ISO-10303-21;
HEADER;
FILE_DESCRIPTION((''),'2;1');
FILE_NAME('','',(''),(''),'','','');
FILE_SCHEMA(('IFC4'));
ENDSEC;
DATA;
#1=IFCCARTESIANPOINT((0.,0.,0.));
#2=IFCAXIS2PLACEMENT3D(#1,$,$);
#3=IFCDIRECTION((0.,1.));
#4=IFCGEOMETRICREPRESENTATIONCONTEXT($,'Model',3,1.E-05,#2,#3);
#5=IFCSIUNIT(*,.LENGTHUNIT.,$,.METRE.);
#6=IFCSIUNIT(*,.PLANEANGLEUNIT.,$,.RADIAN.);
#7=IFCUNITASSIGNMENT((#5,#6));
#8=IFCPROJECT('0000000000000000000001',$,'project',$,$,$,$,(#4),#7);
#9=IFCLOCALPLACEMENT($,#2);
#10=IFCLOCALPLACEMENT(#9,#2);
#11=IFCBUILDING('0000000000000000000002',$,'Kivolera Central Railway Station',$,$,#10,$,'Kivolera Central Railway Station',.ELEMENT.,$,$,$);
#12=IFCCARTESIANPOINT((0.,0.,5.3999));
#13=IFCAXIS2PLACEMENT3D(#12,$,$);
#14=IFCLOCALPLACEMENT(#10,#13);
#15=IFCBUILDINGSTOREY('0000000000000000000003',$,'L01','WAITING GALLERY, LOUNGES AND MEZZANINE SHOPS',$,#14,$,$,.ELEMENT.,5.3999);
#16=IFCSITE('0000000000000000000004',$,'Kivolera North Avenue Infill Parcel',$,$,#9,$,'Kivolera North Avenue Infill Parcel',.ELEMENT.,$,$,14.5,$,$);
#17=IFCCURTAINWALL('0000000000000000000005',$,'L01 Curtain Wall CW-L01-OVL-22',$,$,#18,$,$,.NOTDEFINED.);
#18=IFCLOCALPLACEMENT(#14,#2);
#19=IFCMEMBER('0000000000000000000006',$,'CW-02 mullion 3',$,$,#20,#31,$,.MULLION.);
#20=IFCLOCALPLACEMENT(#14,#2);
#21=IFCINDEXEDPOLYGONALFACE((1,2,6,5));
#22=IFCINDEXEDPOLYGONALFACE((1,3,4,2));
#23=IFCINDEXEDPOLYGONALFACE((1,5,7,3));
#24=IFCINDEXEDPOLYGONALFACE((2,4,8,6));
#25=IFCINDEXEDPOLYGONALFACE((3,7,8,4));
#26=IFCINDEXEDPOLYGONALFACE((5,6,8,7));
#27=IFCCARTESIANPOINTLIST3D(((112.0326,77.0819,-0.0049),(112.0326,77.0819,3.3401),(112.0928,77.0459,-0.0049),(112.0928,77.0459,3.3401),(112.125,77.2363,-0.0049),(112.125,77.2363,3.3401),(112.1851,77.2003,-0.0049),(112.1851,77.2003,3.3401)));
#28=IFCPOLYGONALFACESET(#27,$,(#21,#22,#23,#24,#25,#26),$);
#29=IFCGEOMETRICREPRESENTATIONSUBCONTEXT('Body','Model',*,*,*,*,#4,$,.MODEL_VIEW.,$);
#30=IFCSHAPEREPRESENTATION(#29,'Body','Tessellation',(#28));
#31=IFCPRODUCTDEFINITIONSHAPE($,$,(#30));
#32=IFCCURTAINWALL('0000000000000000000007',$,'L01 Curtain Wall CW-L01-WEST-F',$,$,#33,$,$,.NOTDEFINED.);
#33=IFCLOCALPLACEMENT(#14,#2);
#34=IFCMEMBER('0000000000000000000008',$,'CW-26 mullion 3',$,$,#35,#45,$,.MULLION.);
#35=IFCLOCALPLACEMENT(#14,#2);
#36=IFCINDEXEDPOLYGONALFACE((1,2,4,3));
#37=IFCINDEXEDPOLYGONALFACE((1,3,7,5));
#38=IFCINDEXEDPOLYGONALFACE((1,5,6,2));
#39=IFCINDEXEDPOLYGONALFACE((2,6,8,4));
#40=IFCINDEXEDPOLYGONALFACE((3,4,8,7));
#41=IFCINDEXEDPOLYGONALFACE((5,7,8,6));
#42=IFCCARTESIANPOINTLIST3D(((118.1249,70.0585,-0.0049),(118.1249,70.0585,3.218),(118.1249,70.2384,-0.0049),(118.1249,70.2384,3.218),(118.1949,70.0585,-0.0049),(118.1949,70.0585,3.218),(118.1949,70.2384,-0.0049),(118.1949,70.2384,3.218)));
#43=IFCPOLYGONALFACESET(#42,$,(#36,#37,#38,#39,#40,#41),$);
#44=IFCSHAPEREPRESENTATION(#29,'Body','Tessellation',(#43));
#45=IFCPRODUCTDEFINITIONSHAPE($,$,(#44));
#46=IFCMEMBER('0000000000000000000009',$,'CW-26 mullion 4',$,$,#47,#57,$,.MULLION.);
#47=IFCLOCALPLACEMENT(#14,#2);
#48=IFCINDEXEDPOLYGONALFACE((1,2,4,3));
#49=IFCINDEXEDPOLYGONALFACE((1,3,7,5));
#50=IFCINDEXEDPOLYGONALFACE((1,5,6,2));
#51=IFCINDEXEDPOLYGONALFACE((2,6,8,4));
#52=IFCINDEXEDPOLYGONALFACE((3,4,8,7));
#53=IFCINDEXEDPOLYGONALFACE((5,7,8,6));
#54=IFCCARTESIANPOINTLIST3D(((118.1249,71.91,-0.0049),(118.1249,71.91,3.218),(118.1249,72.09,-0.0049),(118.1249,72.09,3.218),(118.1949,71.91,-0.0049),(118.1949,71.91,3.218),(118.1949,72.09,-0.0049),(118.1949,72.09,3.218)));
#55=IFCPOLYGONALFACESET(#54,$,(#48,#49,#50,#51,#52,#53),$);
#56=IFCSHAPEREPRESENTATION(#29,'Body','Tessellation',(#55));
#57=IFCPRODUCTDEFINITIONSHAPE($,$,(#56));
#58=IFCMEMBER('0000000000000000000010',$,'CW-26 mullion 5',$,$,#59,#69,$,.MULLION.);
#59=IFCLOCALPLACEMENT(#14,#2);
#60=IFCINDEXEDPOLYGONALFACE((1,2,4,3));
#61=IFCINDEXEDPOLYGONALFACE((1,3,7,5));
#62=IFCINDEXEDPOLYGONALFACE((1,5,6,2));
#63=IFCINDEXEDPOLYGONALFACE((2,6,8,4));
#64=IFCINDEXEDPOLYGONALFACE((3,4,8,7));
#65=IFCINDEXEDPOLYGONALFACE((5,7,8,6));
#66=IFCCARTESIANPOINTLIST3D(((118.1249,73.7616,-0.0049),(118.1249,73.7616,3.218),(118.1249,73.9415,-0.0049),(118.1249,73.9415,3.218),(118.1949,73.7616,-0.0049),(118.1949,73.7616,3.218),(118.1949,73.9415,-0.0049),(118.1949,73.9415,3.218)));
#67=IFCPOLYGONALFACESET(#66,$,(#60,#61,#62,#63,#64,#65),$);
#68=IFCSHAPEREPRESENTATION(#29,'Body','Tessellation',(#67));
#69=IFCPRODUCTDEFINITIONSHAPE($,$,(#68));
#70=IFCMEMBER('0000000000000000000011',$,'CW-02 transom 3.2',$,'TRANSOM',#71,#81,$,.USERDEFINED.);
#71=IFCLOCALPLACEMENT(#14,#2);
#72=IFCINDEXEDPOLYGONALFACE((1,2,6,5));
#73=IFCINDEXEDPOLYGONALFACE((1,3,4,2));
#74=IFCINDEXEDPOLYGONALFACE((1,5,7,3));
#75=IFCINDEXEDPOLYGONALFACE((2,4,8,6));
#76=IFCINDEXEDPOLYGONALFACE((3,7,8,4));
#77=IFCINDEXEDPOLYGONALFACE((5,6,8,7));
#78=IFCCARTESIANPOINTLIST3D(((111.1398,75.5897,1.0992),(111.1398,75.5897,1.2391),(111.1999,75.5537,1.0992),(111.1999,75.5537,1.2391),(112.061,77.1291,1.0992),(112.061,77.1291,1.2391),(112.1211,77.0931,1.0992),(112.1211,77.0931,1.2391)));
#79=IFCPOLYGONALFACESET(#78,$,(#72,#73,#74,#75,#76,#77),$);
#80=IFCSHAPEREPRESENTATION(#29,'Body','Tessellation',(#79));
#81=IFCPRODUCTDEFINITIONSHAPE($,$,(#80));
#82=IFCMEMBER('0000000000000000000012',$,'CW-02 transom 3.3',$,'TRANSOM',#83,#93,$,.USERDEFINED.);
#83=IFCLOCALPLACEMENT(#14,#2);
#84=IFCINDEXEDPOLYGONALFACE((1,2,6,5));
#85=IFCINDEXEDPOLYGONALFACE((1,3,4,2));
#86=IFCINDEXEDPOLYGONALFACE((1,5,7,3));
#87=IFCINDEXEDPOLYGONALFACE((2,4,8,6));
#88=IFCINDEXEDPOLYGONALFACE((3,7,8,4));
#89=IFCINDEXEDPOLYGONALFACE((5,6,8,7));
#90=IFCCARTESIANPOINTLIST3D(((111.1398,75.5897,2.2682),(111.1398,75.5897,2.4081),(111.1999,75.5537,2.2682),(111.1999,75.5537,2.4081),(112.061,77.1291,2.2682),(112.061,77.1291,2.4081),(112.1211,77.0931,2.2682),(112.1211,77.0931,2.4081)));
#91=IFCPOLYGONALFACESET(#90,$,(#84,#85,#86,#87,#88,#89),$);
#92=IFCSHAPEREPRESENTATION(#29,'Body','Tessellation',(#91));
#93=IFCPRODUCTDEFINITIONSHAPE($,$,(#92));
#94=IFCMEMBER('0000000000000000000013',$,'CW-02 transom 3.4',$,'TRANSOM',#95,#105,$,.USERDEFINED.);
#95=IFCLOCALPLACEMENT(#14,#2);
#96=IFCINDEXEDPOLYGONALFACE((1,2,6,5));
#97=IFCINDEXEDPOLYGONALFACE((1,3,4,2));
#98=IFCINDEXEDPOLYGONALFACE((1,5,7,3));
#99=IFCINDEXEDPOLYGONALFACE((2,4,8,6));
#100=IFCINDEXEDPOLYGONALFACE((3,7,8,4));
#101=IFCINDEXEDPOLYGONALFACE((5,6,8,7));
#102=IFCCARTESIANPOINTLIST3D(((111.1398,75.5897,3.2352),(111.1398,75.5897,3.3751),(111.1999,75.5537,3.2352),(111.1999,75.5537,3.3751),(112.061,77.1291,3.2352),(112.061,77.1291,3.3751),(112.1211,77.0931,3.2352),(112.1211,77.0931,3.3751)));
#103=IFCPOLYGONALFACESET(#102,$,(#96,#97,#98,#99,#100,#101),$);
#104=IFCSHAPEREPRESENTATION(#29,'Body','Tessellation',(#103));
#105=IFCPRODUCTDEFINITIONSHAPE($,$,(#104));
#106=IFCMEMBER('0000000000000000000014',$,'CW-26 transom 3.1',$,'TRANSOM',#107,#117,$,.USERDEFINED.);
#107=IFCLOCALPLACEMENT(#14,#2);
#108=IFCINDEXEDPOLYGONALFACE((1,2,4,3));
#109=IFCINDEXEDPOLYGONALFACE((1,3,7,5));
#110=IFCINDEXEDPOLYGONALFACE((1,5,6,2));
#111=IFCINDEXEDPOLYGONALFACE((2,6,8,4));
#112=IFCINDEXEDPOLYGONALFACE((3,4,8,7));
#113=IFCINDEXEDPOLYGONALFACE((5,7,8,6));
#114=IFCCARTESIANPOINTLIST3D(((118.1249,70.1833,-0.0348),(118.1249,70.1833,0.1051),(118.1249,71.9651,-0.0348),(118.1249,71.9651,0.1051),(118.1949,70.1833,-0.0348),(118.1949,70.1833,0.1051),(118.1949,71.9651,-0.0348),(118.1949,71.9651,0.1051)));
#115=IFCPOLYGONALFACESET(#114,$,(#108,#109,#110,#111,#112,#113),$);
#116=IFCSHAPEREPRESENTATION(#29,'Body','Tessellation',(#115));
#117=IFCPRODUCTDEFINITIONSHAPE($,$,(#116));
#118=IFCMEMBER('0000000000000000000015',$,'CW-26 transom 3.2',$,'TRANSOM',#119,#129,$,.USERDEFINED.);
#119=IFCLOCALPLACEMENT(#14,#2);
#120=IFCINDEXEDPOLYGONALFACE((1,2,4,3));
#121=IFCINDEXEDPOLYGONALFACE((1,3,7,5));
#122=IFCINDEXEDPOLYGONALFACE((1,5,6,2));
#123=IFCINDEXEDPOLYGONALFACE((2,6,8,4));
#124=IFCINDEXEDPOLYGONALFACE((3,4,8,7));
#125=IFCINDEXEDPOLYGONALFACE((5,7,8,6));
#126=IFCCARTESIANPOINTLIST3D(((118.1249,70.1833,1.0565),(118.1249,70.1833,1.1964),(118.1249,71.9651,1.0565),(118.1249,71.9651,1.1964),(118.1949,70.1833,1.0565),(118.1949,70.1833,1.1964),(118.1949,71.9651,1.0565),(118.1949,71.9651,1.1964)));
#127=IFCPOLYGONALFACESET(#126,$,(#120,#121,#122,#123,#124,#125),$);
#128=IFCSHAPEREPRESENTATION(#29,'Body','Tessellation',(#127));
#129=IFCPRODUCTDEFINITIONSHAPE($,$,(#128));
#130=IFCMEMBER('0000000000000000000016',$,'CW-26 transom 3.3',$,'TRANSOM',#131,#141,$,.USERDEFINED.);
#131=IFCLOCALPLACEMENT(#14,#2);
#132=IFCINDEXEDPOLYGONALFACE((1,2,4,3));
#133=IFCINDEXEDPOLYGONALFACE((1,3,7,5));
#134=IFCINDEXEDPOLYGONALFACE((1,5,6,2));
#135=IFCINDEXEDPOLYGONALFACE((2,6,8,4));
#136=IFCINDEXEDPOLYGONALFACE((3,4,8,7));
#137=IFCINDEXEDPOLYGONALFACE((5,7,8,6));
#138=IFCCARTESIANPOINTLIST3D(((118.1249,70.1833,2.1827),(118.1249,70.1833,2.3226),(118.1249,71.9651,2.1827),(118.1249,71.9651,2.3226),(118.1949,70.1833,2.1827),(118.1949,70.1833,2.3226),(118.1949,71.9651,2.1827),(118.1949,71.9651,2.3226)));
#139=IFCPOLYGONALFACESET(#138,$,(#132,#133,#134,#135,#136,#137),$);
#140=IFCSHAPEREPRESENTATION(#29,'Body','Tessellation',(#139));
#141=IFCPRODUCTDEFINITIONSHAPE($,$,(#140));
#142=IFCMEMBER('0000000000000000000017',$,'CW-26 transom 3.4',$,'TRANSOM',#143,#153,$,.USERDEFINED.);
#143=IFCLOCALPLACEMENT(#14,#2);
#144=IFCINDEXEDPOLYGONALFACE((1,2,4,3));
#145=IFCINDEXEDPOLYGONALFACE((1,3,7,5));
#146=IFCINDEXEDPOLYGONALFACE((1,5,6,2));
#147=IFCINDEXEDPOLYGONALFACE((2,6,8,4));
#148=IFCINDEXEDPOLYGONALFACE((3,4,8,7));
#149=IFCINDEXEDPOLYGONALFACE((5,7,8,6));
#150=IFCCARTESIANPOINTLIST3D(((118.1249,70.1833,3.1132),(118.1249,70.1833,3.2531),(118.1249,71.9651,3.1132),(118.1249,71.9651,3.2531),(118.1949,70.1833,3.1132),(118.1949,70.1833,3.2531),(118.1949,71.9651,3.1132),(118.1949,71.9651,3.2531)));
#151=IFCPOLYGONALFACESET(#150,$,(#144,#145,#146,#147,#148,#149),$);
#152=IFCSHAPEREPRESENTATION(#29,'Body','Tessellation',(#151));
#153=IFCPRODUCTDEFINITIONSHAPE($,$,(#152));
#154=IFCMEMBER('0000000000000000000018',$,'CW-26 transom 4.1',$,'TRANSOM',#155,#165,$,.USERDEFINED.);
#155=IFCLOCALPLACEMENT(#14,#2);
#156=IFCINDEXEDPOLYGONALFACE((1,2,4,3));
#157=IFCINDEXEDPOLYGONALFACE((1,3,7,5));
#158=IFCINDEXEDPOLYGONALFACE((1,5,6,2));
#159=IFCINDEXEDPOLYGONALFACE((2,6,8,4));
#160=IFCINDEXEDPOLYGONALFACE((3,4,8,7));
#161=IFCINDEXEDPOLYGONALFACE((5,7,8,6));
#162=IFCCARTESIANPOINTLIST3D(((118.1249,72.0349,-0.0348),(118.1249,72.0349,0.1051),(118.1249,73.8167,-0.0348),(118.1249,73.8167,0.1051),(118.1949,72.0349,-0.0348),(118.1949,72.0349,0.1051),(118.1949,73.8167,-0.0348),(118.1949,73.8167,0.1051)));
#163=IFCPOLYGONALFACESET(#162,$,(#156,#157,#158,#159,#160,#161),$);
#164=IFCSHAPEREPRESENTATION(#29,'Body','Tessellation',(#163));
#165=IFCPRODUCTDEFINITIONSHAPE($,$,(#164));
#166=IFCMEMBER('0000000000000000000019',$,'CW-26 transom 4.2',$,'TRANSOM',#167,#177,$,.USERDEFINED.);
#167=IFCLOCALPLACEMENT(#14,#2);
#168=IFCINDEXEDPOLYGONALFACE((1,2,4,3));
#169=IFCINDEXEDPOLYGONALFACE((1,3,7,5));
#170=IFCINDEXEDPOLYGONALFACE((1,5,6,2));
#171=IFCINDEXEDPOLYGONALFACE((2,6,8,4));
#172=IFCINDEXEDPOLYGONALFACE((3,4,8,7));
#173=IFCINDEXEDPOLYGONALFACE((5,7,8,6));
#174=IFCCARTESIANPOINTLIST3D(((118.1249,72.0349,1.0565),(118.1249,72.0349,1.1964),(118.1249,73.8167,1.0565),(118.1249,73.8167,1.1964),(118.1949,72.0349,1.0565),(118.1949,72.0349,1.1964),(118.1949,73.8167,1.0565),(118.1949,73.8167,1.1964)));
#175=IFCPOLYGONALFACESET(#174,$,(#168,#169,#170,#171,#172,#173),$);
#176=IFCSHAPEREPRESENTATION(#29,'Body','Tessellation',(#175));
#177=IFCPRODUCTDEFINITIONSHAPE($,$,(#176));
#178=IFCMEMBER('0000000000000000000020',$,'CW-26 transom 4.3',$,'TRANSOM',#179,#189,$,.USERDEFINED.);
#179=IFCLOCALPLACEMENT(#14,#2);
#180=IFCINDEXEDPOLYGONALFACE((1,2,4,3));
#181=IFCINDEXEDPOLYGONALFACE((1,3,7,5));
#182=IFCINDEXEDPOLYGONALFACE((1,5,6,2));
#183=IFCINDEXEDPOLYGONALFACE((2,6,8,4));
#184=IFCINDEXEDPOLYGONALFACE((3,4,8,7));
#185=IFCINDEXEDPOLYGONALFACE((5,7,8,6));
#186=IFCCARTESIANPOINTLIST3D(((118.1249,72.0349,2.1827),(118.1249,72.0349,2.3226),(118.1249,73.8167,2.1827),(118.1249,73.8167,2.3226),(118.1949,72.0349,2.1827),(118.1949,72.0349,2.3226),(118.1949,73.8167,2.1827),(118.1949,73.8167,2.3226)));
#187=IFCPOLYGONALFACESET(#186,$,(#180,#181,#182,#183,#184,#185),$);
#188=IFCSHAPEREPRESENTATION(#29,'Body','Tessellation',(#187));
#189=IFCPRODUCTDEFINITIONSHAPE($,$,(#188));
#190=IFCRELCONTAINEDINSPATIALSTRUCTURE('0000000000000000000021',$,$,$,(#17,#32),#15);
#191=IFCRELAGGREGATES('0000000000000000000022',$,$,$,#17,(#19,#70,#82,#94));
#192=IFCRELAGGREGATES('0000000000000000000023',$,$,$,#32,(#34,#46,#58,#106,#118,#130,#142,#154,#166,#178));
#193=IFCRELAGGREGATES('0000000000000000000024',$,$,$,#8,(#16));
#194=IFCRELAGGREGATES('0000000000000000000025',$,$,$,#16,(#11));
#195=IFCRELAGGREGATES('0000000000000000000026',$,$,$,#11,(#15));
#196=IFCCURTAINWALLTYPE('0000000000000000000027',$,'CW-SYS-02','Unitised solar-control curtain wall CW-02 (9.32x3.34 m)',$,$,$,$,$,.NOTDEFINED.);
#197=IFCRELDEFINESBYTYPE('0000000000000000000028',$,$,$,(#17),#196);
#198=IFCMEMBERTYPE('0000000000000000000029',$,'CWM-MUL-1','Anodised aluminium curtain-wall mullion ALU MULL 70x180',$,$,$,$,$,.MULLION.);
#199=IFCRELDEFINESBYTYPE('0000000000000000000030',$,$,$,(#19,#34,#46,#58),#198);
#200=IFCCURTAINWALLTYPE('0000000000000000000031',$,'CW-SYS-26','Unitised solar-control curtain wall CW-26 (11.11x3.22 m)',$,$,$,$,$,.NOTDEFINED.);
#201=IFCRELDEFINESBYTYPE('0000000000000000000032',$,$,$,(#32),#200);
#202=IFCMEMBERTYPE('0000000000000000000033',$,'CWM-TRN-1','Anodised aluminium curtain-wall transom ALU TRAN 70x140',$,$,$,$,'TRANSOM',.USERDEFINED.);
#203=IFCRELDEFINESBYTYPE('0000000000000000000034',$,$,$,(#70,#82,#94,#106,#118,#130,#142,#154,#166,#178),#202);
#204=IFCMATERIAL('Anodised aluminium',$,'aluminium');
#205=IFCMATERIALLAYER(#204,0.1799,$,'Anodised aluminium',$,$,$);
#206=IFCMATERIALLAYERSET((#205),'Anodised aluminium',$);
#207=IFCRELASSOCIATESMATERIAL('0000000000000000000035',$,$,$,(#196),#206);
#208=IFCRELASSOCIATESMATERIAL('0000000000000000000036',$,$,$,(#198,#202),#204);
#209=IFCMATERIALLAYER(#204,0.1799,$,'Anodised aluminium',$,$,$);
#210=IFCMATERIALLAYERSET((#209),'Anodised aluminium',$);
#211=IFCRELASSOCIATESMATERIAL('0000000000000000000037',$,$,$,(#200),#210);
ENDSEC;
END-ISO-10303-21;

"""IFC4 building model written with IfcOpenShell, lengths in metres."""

from ifc_helpers import new_model, si_unit, direction, frame, origin, origin_2d, place, context, subcontext, project, spatial, rectangle, extrude, material, layer, layer_set, material_profile, profile_set, type_object, element, aggregate, save


model = new_model("IFC4")

# Units and contexts
model_context = context("Model", 3, precision=1e-05, world=origin(), true_north=direction((0.0, 1.0)))
body_context = subcontext(model_context, "Body", "Model", "MODEL_VIEW")
ifc_project = project(units=[si_unit("LENGTHUNIT", "METRE"), si_unit("PLANEANGLEUNIT", "RADIAN")], contexts=[model_context])

# Site, building, storey
site_placement = place(None, origin())
site = spatial("IfcSite", under=ifc_project, at=site_placement, Name="Kivolera North Avenue Infill Parcel", LongName="Kivolera North Avenue Infill Parcel", CompositionType="ELEMENT", RefElevation=14.5)
building_placement = place(site_placement, origin())
building = spatial("IfcBuilding", under=site, at=building_placement, Name="Kivolera Central Railway Station", LongName="Kivolera Central Railway Station", CompositionType="ELEMENT")
storey_placement = place(building_placement, frame((0.0, 0.0, 5.3999)))
storey = spatial("IfcBuildingStorey", under=building, at=storey_placement, Name="L01", Description="WAITING GALLERY, LOUNGES AND MEZZANINE SHOPS", CompositionType="ELEMENT", Elevation=5.3999)

# Curtain wall, member
ifc_material_1 = material(Name="Anodised aluminium", Category="aluminium")
ifc_layer_1 = layer(ifc_material_1, 0.1799, Name="Anodised aluminium")
ifc_layer_set_1 = layer_set([ifc_layer_1], Name="Anodised aluminium")
curtain_wall_type_1 = type_object("IfcCurtainWallType", Name="CW-SYS-02", Description="Unitised solar-control curtain wall CW-02 (9.32x3.34 m)", PredefinedType="NOTDEFINED", material=ifc_layer_set_1)
curtain_wall_1_placement = place(storey_placement, origin())
curtain_wall_1 = element("IfcCurtainWall", 1, at=curtain_wall_1_placement, inside=storey, type_object=curtain_wall_type_1, Name="L01 Curtain Wall CW-L01-OVL-22", PredefinedType="NOTDEFINED")
ifc_material_profile_1 = material_profile(ifc_material_1, rectangle(XDim=0.0701, YDim=0.1799, at=origin_2d()), Name="ALU MULL 70x180")
ifc_profile_set_1 = profile_set([ifc_material_profile_1], Name="Anodised aluminium")
member_type_1 = type_object("IfcMemberType", Name="CWM-MUL-1", Description="Anodised aluminium curtain-wall mullion ALU MULL 70x180", PredefinedType="MULLION", material=ifc_profile_set_1)
member_1_placement = place(storey_placement, frame((112.1089, 77.1411, -0.0049), z_axis=(0.0, 0.0, 1.0), x_axis=(0.858117, -0.513454, 0.0)))
member_1 = element("IfcMember", 2, at=member_1_placement, type_object=member_type_1, Name="CW-02 mullion 3", PredefinedType="MULLION", context=body_context, shape_type="SweptSolid", body=[
    extrude(rectangle(XDim=0.0701, YDim=0.1799, at=origin_2d()), origin(), (0.0, 0.0, 1.0), 3.345),
])

# Curtain wall, members
ifc_layer_2 = layer(ifc_material_1, 0.1799, Name="Anodised aluminium")
ifc_layer_set_2 = layer_set([ifc_layer_2], Name="Anodised aluminium")
curtain_wall_type_2 = type_object("IfcCurtainWallType", Name="CW-SYS-26", Description="Unitised solar-control curtain wall CW-26 (11.11x3.22 m)", PredefinedType="NOTDEFINED", material=ifc_layer_set_2)
curtain_wall_2_placement = place(storey_placement, origin())
curtain_wall_2 = element("IfcCurtainWall", 3, at=curtain_wall_2_placement, inside=storey, type_object=curtain_wall_type_2, Name="L01 Curtain Wall CW-L01-WEST-F", PredefinedType="NOTDEFINED")
member_2_placement = place(storey_placement, frame((118.1599, 70.1484, -0.0049), z_axis=(0.0, 0.0, 1.0), x_axis=(-1.0, 0.0, 0.0)))
member_2 = element("IfcMember", 4, at=member_2_placement, type_object=member_type_1, Name="CW-26 mullion 3", PredefinedType="MULLION", context=body_context, shape_type="SweptSolid", body=[
    extrude(rectangle(XDim=0.0701, YDim=0.1799, at=origin_2d()), origin(), (0.0, 0.0, 1.0), 3.2229),
])
member_3_placement = place(storey_placement, frame((118.1599, 72.0, -0.0049), z_axis=(0.0, 0.0, 1.0), x_axis=(-1.0, 0.0, 0.0)))
member_3 = element("IfcMember", 5, at=member_3_placement, type_object=member_type_1, Name="CW-26 mullion 4", PredefinedType="MULLION", context=body_context, shape_type="SweptSolid", body=[
    extrude(rectangle(XDim=0.0701, YDim=0.1799, at=origin_2d()), origin(), (0.0, 0.0, 1.0), 3.2229),
])
member_4_placement = place(storey_placement, frame((118.1599, 73.8516, -0.0049), z_axis=(0.0, 0.0, 1.0), x_axis=(-1.0, 0.0, 0.0)))
member_4 = element("IfcMember", 6, at=member_4_placement, type_object=member_type_1, Name="CW-26 mullion 5", PredefinedType="MULLION", context=body_context, shape_type="SweptSolid", body=[
    extrude(rectangle(XDim=0.0701, YDim=0.1799, at=origin_2d()), origin(), (0.0, 0.0, 1.0), 3.2229),
])

# Members
ifc_material_profile_2 = material_profile(ifc_material_1, rectangle(XDim=0.0701, YDim=0.1399, at=origin_2d()), Name="ALU TRAN 70x140")
ifc_profile_set_2 = profile_set([ifc_material_profile_2], Name="Anodised aluminium")
member_type_2 = type_object("IfcMemberType", Name="CWM-TRN-1", Description="Anodised aluminium curtain-wall transom ALU TRAN 70x140", ElementType="TRANSOM", PredefinedType="USERDEFINED", material=ifc_profile_set_2)
member_5_placement = place(storey_placement, frame((112.0911, 77.1111, 1.1692), z_axis=(-0.513495, -0.858093, 0.0), x_axis=(0.858093, -0.513495, 0.0)))
member_5 = element("IfcMember", 7, at=member_5_placement, type_object=member_type_2, Name="CW-02 transom 3.2", ObjectType="TRANSOM", PredefinedType="USERDEFINED", context=body_context, shape_type="SweptSolid", body=[
    extrude(rectangle(XDim=0.0701, YDim=0.1399, at=origin_2d()), origin(), (0.0, 0.0, 1.0), 1.7939),
])
member_6_placement = place(storey_placement, frame((112.0911, 77.1111, 2.3381), z_axis=(-0.513495, -0.858093, 0.0), x_axis=(0.858093, -0.513495, 0.0)))
member_6 = element("IfcMember", 8, at=member_6_placement, type_object=member_type_2, Name="CW-02 transom 3.3", ObjectType="TRANSOM", PredefinedType="USERDEFINED", context=body_context, shape_type="SweptSolid", body=[
    extrude(rectangle(XDim=0.0701, YDim=0.1399, at=origin_2d()), origin(), (0.0, 0.0, 1.0), 1.7939),
])
member_7_placement = place(storey_placement, frame((112.0911, 77.1111, 3.3052), z_axis=(-0.513495, -0.858093, 0.0), x_axis=(0.858093, -0.513495, 0.0)))
member_7 = element("IfcMember", 9, at=member_7_placement, type_object=member_type_2, Name="CW-02 transom 3.4", ObjectType="TRANSOM", PredefinedType="USERDEFINED", context=body_context, shape_type="SweptSolid", body=[
    extrude(rectangle(XDim=0.0701, YDim=0.1399, at=origin_2d()), origin(), (0.0, 0.0, 1.0), 1.7939),
])
aggregate(curtain_wall_1, [member_1, member_5, member_6, member_7])
member_8_placement = place(storey_placement, frame((118.1599, 70.1833, 0.0352), z_axis=(0.0, 1.0, 0.0), x_axis=(-1.0, 0.0, 0.0)))
member_8 = element("IfcMember", 10, at=member_8_placement, type_object=member_type_2, Name="CW-26 transom 3.1", ObjectType="TRANSOM", PredefinedType="USERDEFINED", context=body_context, shape_type="SweptSolid", body=[
    extrude(rectangle(XDim=0.0701, YDim=0.1399, at=origin_2d()), origin(), (0.0, 0.0, 1.0), 1.7817),
])
member_9_placement = place(storey_placement, frame((118.1599, 70.1833, 1.1265), z_axis=(0.0, 1.0, 0.0), x_axis=(-1.0, 0.0, 0.0)))
member_9 = element("IfcMember", 11, at=member_9_placement, type_object=member_type_2, Name="CW-26 transom 3.2", ObjectType="TRANSOM", PredefinedType="USERDEFINED", context=body_context, shape_type="SweptSolid", body=[
    extrude(rectangle(XDim=0.0701, YDim=0.1399, at=origin_2d()), origin(), (0.0, 0.0, 1.0), 1.7817),
])
member_10_placement = place(storey_placement, frame((118.1599, 70.1833, 2.2527), z_axis=(0.0, 1.0, 0.0), x_axis=(-1.0, 0.0, 0.0)))
member_10 = element("IfcMember", 12, at=member_10_placement, type_object=member_type_2, Name="CW-26 transom 3.3", ObjectType="TRANSOM", PredefinedType="USERDEFINED", context=body_context, shape_type="SweptSolid", body=[
    extrude(rectangle(XDim=0.0701, YDim=0.1399, at=origin_2d()), origin(), (0.0, 0.0, 1.0), 1.7817),
])
member_11_placement = place(storey_placement, frame((118.1599, 70.1833, 3.1831), z_axis=(0.0, 1.0, 0.0), x_axis=(-1.0, 0.0, 0.0)))
member_11 = element("IfcMember", 13, at=member_11_placement, type_object=member_type_2, Name="CW-26 transom 3.4", ObjectType="TRANSOM", PredefinedType="USERDEFINED", context=body_context, shape_type="SweptSolid", body=[
    extrude(rectangle(XDim=0.0701, YDim=0.1399, at=origin_2d()), origin(), (0.0, 0.0, 1.0), 1.7817),
])
member_12_placement = place(storey_placement, frame((118.1599, 72.0349, 0.0352), z_axis=(0.0, 1.0, 0.0), x_axis=(-1.0, 0.0, 0.0)))
member_12 = element("IfcMember", 14, at=member_12_placement, type_object=member_type_2, Name="CW-26 transom 4.1", ObjectType="TRANSOM", PredefinedType="USERDEFINED", context=body_context, shape_type="SweptSolid", body=[
    extrude(rectangle(XDim=0.0701, YDim=0.1399, at=origin_2d()), origin(), (0.0, 0.0, 1.0), 1.7817),
])
member_13_placement = place(storey_placement, frame((118.1599, 72.0349, 1.1265), z_axis=(0.0, 1.0, 0.0), x_axis=(-1.0, 0.0, 0.0)))
member_13 = element("IfcMember", 15, at=member_13_placement, type_object=member_type_2, Name="CW-26 transom 4.2", ObjectType="TRANSOM", PredefinedType="USERDEFINED", context=body_context, shape_type="SweptSolid", body=[
    extrude(rectangle(XDim=0.0701, YDim=0.1399, at=origin_2d()), origin(), (0.0, 0.0, 1.0), 1.7817),
])
member_14_placement = place(storey_placement, frame((118.1599, 72.0349, 2.2527), z_axis=(0.0, 1.0, 0.0), x_axis=(-1.0, 0.0, 0.0)))
member_14 = element("IfcMember", 16, at=member_14_placement, type_object=member_type_2, Name="CW-26 transom 4.3", ObjectType="TRANSOM", PredefinedType="USERDEFINED", context=body_context, shape_type="SweptSolid", body=[
    extrude(rectangle(XDim=0.0701, YDim=0.1399, at=origin_2d()), origin(), (0.0, 0.0, 1.0), 1.7817),
])

aggregate(curtain_wall_2, [member_2, member_3, member_4, member_8, member_9, member_10, member_11, member_12, member_13, member_14])

save(model, "model.ifc")
